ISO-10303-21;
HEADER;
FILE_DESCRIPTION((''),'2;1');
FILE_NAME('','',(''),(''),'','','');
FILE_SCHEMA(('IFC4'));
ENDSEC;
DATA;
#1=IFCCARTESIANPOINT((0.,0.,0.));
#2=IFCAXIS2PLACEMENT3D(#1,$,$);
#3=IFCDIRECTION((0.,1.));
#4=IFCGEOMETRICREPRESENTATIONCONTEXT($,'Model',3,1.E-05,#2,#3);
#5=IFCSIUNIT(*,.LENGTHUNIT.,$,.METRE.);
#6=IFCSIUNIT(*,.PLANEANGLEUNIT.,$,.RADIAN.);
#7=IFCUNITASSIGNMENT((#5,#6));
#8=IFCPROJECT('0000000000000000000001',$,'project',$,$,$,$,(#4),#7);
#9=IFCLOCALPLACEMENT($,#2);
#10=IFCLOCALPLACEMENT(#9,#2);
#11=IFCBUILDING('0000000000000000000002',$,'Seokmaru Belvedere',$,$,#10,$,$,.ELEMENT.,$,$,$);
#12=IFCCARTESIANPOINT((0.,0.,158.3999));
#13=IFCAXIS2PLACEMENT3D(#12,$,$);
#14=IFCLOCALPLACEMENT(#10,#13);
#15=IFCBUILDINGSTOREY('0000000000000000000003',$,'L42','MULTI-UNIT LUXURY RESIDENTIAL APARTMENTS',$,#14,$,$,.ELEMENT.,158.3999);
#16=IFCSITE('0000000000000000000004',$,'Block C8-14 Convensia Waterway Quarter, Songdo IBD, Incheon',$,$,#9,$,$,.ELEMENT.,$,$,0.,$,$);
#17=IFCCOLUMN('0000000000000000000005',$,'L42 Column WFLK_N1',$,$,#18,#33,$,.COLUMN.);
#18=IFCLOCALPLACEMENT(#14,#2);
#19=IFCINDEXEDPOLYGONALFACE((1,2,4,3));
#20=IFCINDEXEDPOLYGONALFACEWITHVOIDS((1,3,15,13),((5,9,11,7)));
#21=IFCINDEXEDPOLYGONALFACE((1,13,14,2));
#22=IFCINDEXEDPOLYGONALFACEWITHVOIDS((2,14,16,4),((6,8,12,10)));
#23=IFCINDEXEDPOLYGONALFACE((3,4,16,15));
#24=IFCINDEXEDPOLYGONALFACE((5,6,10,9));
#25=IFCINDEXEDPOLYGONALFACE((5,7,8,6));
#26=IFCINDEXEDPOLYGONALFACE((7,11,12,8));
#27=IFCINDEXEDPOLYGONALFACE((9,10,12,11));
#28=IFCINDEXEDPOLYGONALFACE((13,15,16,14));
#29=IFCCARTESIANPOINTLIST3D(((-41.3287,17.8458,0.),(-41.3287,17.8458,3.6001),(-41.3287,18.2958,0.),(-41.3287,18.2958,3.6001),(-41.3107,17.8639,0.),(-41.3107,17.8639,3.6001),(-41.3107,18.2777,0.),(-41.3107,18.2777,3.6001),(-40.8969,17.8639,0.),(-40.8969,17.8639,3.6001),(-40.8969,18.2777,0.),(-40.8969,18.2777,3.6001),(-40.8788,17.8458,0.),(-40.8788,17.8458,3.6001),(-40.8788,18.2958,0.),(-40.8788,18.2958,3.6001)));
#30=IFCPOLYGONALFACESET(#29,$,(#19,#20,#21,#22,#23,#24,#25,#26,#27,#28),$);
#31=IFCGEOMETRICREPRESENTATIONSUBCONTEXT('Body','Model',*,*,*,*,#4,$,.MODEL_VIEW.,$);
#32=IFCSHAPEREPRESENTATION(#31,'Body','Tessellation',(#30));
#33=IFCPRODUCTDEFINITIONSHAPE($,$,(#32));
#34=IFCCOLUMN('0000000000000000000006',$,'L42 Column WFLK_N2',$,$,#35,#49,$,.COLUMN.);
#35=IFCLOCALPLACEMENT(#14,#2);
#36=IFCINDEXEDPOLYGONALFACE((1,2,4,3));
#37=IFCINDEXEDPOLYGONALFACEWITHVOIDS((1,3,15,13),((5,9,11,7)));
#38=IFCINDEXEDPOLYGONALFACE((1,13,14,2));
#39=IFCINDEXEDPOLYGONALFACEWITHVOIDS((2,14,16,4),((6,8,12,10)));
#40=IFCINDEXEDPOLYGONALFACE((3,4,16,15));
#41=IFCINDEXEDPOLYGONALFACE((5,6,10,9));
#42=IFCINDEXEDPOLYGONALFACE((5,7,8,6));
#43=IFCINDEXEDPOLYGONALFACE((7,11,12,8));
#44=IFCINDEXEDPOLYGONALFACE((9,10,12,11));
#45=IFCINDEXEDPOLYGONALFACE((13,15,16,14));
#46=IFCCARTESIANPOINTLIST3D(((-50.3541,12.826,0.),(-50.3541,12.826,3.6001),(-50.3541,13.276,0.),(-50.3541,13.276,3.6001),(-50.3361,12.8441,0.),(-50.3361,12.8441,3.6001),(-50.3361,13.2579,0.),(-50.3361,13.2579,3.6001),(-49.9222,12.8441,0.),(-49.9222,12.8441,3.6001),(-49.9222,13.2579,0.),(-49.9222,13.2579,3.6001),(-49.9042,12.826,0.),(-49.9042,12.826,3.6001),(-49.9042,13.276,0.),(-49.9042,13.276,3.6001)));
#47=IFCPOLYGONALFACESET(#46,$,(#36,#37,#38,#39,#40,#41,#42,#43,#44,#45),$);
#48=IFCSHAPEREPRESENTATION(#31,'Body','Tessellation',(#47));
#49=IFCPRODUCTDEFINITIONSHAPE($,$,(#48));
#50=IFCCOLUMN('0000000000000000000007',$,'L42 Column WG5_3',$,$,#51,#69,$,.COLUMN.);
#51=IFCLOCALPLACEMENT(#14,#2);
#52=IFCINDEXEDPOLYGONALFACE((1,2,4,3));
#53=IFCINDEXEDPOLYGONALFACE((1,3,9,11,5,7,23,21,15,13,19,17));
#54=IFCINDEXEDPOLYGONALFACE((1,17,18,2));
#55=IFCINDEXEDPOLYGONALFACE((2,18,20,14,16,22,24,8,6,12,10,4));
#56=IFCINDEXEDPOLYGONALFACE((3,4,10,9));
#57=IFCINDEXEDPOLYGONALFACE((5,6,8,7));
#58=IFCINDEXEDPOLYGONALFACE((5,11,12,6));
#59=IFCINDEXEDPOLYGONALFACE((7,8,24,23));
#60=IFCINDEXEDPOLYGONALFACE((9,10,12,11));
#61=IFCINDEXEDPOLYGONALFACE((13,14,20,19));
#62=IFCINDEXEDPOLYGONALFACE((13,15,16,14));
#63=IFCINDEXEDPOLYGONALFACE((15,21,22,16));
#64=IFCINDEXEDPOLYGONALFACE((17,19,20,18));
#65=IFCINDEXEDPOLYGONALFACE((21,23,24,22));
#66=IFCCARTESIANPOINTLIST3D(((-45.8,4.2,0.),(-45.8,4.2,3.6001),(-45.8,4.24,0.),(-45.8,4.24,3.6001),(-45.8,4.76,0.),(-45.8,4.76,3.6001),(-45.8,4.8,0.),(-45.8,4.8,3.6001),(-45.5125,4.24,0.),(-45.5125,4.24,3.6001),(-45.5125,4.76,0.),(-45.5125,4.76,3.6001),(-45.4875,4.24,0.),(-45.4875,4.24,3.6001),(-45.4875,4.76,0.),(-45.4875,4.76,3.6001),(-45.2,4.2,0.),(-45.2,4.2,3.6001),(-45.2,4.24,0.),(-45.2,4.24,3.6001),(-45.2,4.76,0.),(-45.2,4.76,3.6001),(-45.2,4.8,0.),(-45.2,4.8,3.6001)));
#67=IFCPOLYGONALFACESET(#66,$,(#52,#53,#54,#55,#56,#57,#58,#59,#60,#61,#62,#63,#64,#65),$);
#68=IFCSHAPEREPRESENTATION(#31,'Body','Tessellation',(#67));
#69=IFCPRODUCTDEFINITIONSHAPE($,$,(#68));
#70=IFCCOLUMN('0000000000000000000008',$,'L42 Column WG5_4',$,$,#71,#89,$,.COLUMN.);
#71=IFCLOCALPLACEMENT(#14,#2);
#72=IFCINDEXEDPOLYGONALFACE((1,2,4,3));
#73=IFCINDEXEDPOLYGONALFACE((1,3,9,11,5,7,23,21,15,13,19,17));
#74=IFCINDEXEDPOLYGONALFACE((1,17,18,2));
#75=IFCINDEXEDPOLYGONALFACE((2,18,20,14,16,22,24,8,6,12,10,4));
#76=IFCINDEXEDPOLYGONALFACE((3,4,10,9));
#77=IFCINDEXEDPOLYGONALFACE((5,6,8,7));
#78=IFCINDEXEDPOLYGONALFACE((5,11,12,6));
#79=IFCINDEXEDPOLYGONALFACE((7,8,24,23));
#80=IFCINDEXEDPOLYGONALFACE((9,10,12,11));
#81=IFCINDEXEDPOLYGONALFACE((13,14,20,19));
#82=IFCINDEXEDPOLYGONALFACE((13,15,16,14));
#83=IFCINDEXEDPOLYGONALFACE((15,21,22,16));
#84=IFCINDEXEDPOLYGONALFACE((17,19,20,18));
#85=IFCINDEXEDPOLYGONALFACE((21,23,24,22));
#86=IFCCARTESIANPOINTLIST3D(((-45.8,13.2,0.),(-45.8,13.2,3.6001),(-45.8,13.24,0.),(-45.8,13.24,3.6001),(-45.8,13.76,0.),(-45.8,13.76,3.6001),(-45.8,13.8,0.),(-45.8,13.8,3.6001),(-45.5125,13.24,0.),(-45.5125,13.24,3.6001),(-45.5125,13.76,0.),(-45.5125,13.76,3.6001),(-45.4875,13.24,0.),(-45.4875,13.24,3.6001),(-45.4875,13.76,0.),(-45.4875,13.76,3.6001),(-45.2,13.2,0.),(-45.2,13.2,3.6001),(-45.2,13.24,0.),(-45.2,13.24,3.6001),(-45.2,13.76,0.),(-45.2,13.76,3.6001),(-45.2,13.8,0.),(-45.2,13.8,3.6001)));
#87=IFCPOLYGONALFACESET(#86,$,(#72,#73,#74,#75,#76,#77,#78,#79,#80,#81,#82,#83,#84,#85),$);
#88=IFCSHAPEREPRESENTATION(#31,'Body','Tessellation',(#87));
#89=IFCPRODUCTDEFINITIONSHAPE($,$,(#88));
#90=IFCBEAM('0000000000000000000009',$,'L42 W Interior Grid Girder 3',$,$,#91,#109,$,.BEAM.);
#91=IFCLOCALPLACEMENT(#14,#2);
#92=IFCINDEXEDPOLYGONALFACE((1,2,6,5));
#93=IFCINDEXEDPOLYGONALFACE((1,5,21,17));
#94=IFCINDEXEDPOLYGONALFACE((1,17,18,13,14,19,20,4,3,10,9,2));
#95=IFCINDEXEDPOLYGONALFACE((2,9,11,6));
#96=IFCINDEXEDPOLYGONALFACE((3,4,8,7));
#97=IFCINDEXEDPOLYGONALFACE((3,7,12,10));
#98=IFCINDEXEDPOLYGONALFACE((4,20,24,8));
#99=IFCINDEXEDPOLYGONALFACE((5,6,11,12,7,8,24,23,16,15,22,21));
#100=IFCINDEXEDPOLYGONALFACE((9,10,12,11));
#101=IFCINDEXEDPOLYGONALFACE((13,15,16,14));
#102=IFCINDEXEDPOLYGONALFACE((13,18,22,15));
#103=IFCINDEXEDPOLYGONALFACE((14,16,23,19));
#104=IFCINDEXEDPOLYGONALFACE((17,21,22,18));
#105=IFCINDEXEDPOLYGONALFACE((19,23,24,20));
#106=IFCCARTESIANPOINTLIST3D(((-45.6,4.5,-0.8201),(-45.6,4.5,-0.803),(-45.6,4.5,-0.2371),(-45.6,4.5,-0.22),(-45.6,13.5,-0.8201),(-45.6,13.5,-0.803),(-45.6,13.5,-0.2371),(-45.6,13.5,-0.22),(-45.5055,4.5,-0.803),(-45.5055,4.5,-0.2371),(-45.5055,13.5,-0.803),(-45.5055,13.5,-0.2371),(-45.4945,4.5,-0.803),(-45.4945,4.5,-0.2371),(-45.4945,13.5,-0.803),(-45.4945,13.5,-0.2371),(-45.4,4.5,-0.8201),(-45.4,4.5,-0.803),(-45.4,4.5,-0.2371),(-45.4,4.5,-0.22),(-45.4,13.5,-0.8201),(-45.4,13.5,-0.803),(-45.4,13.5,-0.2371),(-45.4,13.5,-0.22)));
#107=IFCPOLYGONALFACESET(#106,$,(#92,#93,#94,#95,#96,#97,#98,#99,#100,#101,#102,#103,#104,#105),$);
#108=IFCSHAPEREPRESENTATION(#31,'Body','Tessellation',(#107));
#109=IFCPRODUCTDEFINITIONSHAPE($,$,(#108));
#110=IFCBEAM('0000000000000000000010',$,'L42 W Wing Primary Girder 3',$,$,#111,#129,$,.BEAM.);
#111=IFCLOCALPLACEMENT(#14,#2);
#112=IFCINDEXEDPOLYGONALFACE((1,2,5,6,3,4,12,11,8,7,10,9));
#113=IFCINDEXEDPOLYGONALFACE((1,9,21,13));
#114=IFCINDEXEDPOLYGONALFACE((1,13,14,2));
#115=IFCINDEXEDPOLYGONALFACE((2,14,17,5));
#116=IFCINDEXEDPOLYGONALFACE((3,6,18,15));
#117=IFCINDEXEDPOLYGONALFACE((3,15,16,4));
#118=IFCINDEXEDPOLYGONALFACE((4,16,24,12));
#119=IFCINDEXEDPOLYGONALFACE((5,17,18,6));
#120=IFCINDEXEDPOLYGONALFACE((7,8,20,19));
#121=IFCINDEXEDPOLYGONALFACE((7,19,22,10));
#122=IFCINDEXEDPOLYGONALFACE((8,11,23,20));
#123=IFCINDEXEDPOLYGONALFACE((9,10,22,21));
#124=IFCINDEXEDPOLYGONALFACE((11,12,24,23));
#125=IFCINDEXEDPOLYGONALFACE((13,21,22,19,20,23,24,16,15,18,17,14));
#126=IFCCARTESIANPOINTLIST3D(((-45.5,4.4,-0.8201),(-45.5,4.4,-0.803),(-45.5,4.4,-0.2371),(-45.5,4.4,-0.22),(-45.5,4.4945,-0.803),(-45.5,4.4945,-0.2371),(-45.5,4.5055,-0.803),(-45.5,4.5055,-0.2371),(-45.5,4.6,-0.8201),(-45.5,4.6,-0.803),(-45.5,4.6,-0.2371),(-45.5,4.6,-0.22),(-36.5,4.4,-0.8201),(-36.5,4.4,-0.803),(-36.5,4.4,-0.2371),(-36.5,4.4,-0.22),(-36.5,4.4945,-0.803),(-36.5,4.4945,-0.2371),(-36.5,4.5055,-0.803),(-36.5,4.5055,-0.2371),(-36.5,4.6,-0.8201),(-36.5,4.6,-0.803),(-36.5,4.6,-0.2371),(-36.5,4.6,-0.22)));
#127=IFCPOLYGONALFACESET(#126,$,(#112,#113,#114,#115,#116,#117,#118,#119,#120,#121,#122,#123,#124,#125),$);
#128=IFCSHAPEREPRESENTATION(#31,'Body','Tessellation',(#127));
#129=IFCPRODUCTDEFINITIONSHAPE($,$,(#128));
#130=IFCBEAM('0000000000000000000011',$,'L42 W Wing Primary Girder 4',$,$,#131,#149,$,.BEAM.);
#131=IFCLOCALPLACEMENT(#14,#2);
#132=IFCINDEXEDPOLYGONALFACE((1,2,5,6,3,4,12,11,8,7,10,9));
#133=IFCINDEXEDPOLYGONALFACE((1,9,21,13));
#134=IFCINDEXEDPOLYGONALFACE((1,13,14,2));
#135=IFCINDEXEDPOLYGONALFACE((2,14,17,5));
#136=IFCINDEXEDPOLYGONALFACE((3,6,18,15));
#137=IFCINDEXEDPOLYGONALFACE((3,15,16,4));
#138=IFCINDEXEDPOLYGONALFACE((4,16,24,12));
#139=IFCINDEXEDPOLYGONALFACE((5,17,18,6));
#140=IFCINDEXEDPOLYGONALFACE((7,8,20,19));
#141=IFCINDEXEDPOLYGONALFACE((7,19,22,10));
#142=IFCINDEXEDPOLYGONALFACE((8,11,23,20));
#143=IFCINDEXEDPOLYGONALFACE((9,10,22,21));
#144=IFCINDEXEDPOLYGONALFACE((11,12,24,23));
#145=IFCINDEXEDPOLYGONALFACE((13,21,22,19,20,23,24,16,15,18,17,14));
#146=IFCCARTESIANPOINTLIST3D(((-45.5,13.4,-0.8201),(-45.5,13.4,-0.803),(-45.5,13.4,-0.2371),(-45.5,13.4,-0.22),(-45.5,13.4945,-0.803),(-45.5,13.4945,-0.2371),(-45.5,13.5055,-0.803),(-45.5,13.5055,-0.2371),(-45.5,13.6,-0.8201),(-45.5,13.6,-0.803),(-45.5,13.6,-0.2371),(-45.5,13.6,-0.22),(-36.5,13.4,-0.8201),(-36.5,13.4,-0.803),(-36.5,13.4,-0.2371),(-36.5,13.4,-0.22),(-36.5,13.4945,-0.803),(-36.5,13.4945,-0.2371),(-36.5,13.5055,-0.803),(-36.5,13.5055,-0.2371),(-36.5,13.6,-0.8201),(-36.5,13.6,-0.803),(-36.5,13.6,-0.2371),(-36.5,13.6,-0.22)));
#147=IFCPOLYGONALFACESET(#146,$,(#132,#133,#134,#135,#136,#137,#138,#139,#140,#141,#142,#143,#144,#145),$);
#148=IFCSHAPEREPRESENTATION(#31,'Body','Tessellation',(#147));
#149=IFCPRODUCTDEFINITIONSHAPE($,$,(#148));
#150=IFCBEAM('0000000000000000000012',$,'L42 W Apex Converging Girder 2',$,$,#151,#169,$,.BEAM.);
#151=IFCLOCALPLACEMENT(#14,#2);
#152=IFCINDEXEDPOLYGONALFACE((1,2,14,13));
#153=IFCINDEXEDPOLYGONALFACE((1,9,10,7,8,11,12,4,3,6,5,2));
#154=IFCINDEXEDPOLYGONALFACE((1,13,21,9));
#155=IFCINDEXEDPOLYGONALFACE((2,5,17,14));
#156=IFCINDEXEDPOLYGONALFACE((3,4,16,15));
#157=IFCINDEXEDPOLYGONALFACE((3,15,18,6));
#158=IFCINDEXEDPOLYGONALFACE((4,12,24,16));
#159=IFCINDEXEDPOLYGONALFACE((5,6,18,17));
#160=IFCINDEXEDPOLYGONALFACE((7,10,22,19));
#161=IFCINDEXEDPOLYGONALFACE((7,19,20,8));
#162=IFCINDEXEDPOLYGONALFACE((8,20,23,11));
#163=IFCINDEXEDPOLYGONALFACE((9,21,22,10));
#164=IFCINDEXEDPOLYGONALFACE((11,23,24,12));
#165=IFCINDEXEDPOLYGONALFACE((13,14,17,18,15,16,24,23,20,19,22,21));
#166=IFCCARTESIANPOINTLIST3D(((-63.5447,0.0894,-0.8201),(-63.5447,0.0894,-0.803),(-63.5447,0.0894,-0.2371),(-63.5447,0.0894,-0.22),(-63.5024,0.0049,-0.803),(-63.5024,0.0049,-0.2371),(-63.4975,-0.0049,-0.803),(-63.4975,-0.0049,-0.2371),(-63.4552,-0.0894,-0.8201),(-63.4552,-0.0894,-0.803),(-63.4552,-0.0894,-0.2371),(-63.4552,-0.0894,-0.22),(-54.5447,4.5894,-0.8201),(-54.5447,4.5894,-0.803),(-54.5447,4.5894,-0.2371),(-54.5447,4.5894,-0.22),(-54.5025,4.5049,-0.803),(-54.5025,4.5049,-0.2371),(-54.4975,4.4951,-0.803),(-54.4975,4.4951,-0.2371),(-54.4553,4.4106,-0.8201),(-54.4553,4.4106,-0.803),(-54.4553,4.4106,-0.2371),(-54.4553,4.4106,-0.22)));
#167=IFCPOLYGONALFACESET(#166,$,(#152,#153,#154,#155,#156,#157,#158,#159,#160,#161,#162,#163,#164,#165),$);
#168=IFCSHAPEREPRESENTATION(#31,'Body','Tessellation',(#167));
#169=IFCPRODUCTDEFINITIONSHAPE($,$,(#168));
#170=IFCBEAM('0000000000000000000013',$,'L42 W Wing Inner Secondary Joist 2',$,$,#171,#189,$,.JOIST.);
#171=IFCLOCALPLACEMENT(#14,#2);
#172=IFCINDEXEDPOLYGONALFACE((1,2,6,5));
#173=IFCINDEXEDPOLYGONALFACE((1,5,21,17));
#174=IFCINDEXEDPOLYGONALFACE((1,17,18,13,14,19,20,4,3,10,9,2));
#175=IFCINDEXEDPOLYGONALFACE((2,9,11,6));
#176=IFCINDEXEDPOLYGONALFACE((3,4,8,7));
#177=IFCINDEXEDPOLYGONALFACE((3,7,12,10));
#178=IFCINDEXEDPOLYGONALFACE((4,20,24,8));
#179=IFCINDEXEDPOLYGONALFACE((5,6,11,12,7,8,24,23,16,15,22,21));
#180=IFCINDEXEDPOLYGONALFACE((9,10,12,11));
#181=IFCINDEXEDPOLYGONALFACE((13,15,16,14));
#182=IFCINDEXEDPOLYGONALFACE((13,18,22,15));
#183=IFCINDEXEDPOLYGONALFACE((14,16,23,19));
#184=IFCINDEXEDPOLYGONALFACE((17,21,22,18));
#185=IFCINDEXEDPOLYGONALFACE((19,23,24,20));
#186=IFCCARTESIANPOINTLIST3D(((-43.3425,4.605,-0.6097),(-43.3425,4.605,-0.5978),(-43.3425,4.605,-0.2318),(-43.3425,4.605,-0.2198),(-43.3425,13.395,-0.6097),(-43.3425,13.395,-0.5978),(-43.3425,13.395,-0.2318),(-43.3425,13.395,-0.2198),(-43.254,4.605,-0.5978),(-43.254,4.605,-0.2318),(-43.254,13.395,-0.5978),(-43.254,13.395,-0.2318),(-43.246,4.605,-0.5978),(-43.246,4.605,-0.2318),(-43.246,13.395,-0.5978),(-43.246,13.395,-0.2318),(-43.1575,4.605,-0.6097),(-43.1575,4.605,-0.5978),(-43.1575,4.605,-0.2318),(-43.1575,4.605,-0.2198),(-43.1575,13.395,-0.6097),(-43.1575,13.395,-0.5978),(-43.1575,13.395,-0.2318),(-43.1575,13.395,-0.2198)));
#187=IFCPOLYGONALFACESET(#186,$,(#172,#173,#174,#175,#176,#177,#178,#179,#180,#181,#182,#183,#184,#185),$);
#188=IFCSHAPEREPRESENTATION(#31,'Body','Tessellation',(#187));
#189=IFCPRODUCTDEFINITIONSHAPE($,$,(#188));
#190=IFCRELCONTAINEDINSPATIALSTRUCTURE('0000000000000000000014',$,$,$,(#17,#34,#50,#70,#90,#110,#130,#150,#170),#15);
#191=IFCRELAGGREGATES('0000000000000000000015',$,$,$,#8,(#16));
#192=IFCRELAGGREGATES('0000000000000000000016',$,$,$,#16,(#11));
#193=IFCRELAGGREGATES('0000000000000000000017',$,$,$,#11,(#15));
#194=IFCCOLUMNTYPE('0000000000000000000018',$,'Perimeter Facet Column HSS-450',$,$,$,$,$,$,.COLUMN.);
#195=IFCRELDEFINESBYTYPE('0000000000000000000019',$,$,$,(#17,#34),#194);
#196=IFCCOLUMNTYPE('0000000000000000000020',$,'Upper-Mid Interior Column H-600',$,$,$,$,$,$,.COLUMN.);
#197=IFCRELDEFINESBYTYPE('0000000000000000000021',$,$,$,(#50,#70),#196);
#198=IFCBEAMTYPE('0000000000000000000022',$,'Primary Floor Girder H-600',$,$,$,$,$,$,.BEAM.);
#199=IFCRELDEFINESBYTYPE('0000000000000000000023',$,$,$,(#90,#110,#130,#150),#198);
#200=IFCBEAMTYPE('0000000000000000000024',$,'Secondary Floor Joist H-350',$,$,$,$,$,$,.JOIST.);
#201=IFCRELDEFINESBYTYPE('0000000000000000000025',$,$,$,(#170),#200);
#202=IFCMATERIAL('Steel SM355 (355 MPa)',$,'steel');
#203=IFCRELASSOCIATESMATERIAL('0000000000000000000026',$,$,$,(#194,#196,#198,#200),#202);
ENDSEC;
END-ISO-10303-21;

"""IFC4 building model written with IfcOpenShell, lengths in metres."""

from ifc_helpers import new_model, si_unit, direction, frame, origin, origin_2d, place, context, subcontext, project, spatial, hollow_rectangle, i_section, extrude, source, transform, mapped, material, material_profile, profile_set, type_object, type_shapes, element, save


model = new_model("IFC4")

# Units and contexts
model_context = context("Model", 3, precision=1e-05, world=origin(), true_north=direction((0.0, 1.0)))
body_context = subcontext(model_context, "Body", "Model", "MODEL_VIEW")
ifc_project = project(units=[si_unit("LENGTHUNIT", "METRE"), si_unit("PLANEANGLEUNIT", "RADIAN")], contexts=[model_context])

# Site, building, storey
site_placement = place(None, origin())
site = spatial("IfcSite", under=ifc_project, at=site_placement, Name="Block C8-14 Convensia Waterway Quarter, Songdo IBD, Incheon", CompositionType="ELEMENT", RefElevation=0.0)
building_placement = place(site_placement, origin())
building = spatial("IfcBuilding", under=site, at=building_placement, Name="Seokmaru Belvedere", CompositionType="ELEMENT")
storey_placement = place(building_placement, frame((0.0, 0.0, 158.3999)))
storey = spatial("IfcBuildingStorey", under=building, at=storey_placement, Name="L42", Description="MULTI-UNIT LUXURY RESIDENTIAL APARTMENTS", CompositionType="ELEMENT", Elevation=158.3999)

# Columns
ifc_material_1 = material(Name="Steel SM355 (355 MPa)", Category="steel")
ifc_material_profile_1 = material_profile(ifc_material_1, hollow_rectangle(XDim=0.45, YDim=0.45, WallThickness=0.0181, at=origin_2d()), Name="HSS-450x450x18")
ifc_profile_set_1 = profile_set([ifc_material_profile_1], Name="Steel SM355 (355 MPa)")
column_type_1 = type_object("IfcColumnType", Name="Perimeter Facet Column HSS-450", PredefinedType="COLUMN", material=ifc_profile_set_1)
shared_shape_1 = source(origin(), body_context, "Body", "SweptSolid", [
    extrude(hollow_rectangle(XDim=0.45, YDim=0.45, WallThickness=0.0181, at=origin_2d()), origin(), (0.0, 0.0, 1.0), 3.6001),
])
type_shapes(column_type_1, [shared_shape_1])
for number, where, z_axis, x_axis, name in (
    (1, (-41.1038, 18.0708, 0.0), (0.0, 0.0, 1.0), (1.0, 0.0, 0.0), "L42 Column WFLK_N1"),
    (2, (-50.1292, 13.051, 0.0), (0.0, 0.0, 1.0), (1.0, 0.0, 0.0), "L42 Column WFLK_N2"),
):
    element("IfcColumn", number, at=place(storey_placement, frame(where, z_axis=z_axis, x_axis=x_axis)), inside=storey, type_object=column_type_1, Name=name, PredefinedType="COLUMN", context=body_context, shape_type="MappedRepresentation", body=[
        mapped(shared_shape_1, transform((0.0, 0.0, 0.0), scale=1.0)),
    ])
ifc_material_profile_2 = material_profile(ifc_material_1, i_section(OverallWidth=0.6001, OverallDepth=0.6001, WebThickness=0.0249, FlangeThickness=0.04, at=origin_2d()), Name="H-600x600x25x40")
ifc_profile_set_2 = profile_set([ifc_material_profile_2], Name="Steel SM355 (355 MPa)")
column_type_2 = type_object("IfcColumnType", Name="Upper-Mid Interior Column H-600", PredefinedType="COLUMN", material=ifc_profile_set_2)
shared_shape_2 = source(origin(), body_context, "Body", "SweptSolid", [
    extrude(i_section(OverallWidth=0.6001, OverallDepth=0.6001, WebThickness=0.0249, FlangeThickness=0.04, at=origin_2d()), origin(), (0.0, 0.0, 1.0), 3.6001),
])
type_shapes(column_type_2, [shared_shape_2])
for number, where, z_axis, x_axis, name in (
    (3, (-45.5, 4.5, 0.0), (0.0, 0.0, 1.0), (1.0, 0.0, 0.0), "L42 Column WG5_3"),
    (4, (-45.5, 13.5, 0.0), (0.0, 0.0, 1.0), (1.0, 0.0, 0.0), "L42 Column WG5_4"),
):
    element("IfcColumn", number, at=place(storey_placement, frame(where, z_axis=z_axis, x_axis=x_axis)), inside=storey, type_object=column_type_2, Name=name, PredefinedType="COLUMN", context=body_context, shape_type="MappedRepresentation", body=[
        mapped(shared_shape_2, transform((0.0, 0.0, 0.0), scale=1.0)),
    ])

# Beams
ifc_material_profile_3 = material_profile(ifc_material_1, i_section(OverallWidth=0.2, OverallDepth=0.6001, WebThickness=0.011, FlangeThickness=0.0171, at=origin_2d()), Name="H-600x200x11x17")
ifc_profile_set_3 = profile_set([ifc_material_profile_3], Name="Steel SM355 (355 MPa)")
beam_type_1 = type_object("IfcBeamType", Name="Primary Floor Girder H-600", PredefinedType="BEAM", material=ifc_profile_set_3)
shared_shape_3 = source(origin(), body_context, "Body", "SweptSolid", [
    extrude(i_section(OverallWidth=0.2, OverallDepth=0.6001, WebThickness=0.011, FlangeThickness=0.0171, at=origin_2d()), origin(), (0.0, 0.0, 1.0), 9.0),
])
for number, where, z_axis, x_axis, name in (
    (5, (-45.5, 4.5, -0.52), (0.0, 1.0, 0.0), (-1.0, 0.0, 0.0), "L42 W Interior Grid Girder 3"),
    (6, (-45.5, 4.5, -0.52), (1.0, 0.0, 0.0), (0.0, 1.0, 0.0), "L42 W Wing Primary Girder 3"),
    (7, (-45.5, 13.5, -0.52), (1.0, 0.0, 0.0), (0.0, 1.0, 0.0), "L42 W Wing Primary Girder 4"),
):
    element("IfcBeam", number, at=place(storey_placement, frame(where, z_axis=z_axis, x_axis=x_axis)), inside=storey, type_object=beam_type_1, Name=name, PredefinedType="BEAM", context=body_context, shape_type="MappedRepresentation", body=[
        mapped(shared_shape_3, transform((0.0, 0.0, 0.0), scale=1.0)),
    ])
shared_shape_4 = source(origin(), body_context, "Body", "SweptSolid", [
    extrude(i_section(OverallWidth=0.2, OverallDepth=0.6001, WebThickness=0.011, FlangeThickness=0.0171, at=origin_2d()), origin(), (0.0, 0.0, 1.0), 10.0623),
])
type_shapes(beam_type_1, [shared_shape_3, shared_shape_4])
beam_1_placement = place(storey_placement, frame((-54.5, 4.5, -0.52), z_axis=(-0.894427, -0.447214, 0.0), x_axis=(0.447214, -0.894427, 0.0)))
element("IfcBeam", 8, at=beam_1_placement, inside=storey, type_object=beam_type_1, Name="L42 W Apex Converging Girder 2", PredefinedType="BEAM", context=body_context, shape_type="MappedRepresentation", body=[
    mapped(shared_shape_4, transform((0.0, 0.0, 0.0), scale=1.0)),
])
ifc_material_profile_4 = material_profile(ifc_material_1, i_section(OverallWidth=0.1851, OverallDepth=0.3899, WebThickness=0.0081, FlangeThickness=0.012, at=origin_2d()), Name="H-390x185x8x12")
ifc_profile_set_4 = profile_set([ifc_material_profile_4], Name="Steel SM355 (355 MPa)")
beam_type_2 = type_object("IfcBeamType", Name="Secondary Floor Joist H-350", PredefinedType="JOIST", material=ifc_profile_set_4)
shared_shape_5 = source(origin(), body_context, "Body", "SweptSolid", [
    extrude(i_section(OverallWidth=0.1851, OverallDepth=0.3899, WebThickness=0.0081, FlangeThickness=0.012, at=origin_2d()), origin(), (0.0, 0.0, 1.0), 8.79),
])
type_shapes(beam_type_2, [shared_shape_5])
for number, where, z_axis, x_axis, name in (
    (9, (-43.25, 4.605, -0.4148), (0.0, 1.0, 0.0), (-1.0, 0.0, 0.0), "L42 W Wing Inner Secondary Joist 2"),
):
    element("IfcBeam", number, at=place(storey_placement, frame(where, z_axis=z_axis, x_axis=x_axis)), inside=storey, type_object=beam_type_2, Name=name, PredefinedType="JOIST", context=body_context, shape_type="MappedRepresentation", body=[
        mapped(shared_shape_5, transform((0.0, 0.0, 0.0), scale=1.0)),
    ])

save(model, "model.ifc")
